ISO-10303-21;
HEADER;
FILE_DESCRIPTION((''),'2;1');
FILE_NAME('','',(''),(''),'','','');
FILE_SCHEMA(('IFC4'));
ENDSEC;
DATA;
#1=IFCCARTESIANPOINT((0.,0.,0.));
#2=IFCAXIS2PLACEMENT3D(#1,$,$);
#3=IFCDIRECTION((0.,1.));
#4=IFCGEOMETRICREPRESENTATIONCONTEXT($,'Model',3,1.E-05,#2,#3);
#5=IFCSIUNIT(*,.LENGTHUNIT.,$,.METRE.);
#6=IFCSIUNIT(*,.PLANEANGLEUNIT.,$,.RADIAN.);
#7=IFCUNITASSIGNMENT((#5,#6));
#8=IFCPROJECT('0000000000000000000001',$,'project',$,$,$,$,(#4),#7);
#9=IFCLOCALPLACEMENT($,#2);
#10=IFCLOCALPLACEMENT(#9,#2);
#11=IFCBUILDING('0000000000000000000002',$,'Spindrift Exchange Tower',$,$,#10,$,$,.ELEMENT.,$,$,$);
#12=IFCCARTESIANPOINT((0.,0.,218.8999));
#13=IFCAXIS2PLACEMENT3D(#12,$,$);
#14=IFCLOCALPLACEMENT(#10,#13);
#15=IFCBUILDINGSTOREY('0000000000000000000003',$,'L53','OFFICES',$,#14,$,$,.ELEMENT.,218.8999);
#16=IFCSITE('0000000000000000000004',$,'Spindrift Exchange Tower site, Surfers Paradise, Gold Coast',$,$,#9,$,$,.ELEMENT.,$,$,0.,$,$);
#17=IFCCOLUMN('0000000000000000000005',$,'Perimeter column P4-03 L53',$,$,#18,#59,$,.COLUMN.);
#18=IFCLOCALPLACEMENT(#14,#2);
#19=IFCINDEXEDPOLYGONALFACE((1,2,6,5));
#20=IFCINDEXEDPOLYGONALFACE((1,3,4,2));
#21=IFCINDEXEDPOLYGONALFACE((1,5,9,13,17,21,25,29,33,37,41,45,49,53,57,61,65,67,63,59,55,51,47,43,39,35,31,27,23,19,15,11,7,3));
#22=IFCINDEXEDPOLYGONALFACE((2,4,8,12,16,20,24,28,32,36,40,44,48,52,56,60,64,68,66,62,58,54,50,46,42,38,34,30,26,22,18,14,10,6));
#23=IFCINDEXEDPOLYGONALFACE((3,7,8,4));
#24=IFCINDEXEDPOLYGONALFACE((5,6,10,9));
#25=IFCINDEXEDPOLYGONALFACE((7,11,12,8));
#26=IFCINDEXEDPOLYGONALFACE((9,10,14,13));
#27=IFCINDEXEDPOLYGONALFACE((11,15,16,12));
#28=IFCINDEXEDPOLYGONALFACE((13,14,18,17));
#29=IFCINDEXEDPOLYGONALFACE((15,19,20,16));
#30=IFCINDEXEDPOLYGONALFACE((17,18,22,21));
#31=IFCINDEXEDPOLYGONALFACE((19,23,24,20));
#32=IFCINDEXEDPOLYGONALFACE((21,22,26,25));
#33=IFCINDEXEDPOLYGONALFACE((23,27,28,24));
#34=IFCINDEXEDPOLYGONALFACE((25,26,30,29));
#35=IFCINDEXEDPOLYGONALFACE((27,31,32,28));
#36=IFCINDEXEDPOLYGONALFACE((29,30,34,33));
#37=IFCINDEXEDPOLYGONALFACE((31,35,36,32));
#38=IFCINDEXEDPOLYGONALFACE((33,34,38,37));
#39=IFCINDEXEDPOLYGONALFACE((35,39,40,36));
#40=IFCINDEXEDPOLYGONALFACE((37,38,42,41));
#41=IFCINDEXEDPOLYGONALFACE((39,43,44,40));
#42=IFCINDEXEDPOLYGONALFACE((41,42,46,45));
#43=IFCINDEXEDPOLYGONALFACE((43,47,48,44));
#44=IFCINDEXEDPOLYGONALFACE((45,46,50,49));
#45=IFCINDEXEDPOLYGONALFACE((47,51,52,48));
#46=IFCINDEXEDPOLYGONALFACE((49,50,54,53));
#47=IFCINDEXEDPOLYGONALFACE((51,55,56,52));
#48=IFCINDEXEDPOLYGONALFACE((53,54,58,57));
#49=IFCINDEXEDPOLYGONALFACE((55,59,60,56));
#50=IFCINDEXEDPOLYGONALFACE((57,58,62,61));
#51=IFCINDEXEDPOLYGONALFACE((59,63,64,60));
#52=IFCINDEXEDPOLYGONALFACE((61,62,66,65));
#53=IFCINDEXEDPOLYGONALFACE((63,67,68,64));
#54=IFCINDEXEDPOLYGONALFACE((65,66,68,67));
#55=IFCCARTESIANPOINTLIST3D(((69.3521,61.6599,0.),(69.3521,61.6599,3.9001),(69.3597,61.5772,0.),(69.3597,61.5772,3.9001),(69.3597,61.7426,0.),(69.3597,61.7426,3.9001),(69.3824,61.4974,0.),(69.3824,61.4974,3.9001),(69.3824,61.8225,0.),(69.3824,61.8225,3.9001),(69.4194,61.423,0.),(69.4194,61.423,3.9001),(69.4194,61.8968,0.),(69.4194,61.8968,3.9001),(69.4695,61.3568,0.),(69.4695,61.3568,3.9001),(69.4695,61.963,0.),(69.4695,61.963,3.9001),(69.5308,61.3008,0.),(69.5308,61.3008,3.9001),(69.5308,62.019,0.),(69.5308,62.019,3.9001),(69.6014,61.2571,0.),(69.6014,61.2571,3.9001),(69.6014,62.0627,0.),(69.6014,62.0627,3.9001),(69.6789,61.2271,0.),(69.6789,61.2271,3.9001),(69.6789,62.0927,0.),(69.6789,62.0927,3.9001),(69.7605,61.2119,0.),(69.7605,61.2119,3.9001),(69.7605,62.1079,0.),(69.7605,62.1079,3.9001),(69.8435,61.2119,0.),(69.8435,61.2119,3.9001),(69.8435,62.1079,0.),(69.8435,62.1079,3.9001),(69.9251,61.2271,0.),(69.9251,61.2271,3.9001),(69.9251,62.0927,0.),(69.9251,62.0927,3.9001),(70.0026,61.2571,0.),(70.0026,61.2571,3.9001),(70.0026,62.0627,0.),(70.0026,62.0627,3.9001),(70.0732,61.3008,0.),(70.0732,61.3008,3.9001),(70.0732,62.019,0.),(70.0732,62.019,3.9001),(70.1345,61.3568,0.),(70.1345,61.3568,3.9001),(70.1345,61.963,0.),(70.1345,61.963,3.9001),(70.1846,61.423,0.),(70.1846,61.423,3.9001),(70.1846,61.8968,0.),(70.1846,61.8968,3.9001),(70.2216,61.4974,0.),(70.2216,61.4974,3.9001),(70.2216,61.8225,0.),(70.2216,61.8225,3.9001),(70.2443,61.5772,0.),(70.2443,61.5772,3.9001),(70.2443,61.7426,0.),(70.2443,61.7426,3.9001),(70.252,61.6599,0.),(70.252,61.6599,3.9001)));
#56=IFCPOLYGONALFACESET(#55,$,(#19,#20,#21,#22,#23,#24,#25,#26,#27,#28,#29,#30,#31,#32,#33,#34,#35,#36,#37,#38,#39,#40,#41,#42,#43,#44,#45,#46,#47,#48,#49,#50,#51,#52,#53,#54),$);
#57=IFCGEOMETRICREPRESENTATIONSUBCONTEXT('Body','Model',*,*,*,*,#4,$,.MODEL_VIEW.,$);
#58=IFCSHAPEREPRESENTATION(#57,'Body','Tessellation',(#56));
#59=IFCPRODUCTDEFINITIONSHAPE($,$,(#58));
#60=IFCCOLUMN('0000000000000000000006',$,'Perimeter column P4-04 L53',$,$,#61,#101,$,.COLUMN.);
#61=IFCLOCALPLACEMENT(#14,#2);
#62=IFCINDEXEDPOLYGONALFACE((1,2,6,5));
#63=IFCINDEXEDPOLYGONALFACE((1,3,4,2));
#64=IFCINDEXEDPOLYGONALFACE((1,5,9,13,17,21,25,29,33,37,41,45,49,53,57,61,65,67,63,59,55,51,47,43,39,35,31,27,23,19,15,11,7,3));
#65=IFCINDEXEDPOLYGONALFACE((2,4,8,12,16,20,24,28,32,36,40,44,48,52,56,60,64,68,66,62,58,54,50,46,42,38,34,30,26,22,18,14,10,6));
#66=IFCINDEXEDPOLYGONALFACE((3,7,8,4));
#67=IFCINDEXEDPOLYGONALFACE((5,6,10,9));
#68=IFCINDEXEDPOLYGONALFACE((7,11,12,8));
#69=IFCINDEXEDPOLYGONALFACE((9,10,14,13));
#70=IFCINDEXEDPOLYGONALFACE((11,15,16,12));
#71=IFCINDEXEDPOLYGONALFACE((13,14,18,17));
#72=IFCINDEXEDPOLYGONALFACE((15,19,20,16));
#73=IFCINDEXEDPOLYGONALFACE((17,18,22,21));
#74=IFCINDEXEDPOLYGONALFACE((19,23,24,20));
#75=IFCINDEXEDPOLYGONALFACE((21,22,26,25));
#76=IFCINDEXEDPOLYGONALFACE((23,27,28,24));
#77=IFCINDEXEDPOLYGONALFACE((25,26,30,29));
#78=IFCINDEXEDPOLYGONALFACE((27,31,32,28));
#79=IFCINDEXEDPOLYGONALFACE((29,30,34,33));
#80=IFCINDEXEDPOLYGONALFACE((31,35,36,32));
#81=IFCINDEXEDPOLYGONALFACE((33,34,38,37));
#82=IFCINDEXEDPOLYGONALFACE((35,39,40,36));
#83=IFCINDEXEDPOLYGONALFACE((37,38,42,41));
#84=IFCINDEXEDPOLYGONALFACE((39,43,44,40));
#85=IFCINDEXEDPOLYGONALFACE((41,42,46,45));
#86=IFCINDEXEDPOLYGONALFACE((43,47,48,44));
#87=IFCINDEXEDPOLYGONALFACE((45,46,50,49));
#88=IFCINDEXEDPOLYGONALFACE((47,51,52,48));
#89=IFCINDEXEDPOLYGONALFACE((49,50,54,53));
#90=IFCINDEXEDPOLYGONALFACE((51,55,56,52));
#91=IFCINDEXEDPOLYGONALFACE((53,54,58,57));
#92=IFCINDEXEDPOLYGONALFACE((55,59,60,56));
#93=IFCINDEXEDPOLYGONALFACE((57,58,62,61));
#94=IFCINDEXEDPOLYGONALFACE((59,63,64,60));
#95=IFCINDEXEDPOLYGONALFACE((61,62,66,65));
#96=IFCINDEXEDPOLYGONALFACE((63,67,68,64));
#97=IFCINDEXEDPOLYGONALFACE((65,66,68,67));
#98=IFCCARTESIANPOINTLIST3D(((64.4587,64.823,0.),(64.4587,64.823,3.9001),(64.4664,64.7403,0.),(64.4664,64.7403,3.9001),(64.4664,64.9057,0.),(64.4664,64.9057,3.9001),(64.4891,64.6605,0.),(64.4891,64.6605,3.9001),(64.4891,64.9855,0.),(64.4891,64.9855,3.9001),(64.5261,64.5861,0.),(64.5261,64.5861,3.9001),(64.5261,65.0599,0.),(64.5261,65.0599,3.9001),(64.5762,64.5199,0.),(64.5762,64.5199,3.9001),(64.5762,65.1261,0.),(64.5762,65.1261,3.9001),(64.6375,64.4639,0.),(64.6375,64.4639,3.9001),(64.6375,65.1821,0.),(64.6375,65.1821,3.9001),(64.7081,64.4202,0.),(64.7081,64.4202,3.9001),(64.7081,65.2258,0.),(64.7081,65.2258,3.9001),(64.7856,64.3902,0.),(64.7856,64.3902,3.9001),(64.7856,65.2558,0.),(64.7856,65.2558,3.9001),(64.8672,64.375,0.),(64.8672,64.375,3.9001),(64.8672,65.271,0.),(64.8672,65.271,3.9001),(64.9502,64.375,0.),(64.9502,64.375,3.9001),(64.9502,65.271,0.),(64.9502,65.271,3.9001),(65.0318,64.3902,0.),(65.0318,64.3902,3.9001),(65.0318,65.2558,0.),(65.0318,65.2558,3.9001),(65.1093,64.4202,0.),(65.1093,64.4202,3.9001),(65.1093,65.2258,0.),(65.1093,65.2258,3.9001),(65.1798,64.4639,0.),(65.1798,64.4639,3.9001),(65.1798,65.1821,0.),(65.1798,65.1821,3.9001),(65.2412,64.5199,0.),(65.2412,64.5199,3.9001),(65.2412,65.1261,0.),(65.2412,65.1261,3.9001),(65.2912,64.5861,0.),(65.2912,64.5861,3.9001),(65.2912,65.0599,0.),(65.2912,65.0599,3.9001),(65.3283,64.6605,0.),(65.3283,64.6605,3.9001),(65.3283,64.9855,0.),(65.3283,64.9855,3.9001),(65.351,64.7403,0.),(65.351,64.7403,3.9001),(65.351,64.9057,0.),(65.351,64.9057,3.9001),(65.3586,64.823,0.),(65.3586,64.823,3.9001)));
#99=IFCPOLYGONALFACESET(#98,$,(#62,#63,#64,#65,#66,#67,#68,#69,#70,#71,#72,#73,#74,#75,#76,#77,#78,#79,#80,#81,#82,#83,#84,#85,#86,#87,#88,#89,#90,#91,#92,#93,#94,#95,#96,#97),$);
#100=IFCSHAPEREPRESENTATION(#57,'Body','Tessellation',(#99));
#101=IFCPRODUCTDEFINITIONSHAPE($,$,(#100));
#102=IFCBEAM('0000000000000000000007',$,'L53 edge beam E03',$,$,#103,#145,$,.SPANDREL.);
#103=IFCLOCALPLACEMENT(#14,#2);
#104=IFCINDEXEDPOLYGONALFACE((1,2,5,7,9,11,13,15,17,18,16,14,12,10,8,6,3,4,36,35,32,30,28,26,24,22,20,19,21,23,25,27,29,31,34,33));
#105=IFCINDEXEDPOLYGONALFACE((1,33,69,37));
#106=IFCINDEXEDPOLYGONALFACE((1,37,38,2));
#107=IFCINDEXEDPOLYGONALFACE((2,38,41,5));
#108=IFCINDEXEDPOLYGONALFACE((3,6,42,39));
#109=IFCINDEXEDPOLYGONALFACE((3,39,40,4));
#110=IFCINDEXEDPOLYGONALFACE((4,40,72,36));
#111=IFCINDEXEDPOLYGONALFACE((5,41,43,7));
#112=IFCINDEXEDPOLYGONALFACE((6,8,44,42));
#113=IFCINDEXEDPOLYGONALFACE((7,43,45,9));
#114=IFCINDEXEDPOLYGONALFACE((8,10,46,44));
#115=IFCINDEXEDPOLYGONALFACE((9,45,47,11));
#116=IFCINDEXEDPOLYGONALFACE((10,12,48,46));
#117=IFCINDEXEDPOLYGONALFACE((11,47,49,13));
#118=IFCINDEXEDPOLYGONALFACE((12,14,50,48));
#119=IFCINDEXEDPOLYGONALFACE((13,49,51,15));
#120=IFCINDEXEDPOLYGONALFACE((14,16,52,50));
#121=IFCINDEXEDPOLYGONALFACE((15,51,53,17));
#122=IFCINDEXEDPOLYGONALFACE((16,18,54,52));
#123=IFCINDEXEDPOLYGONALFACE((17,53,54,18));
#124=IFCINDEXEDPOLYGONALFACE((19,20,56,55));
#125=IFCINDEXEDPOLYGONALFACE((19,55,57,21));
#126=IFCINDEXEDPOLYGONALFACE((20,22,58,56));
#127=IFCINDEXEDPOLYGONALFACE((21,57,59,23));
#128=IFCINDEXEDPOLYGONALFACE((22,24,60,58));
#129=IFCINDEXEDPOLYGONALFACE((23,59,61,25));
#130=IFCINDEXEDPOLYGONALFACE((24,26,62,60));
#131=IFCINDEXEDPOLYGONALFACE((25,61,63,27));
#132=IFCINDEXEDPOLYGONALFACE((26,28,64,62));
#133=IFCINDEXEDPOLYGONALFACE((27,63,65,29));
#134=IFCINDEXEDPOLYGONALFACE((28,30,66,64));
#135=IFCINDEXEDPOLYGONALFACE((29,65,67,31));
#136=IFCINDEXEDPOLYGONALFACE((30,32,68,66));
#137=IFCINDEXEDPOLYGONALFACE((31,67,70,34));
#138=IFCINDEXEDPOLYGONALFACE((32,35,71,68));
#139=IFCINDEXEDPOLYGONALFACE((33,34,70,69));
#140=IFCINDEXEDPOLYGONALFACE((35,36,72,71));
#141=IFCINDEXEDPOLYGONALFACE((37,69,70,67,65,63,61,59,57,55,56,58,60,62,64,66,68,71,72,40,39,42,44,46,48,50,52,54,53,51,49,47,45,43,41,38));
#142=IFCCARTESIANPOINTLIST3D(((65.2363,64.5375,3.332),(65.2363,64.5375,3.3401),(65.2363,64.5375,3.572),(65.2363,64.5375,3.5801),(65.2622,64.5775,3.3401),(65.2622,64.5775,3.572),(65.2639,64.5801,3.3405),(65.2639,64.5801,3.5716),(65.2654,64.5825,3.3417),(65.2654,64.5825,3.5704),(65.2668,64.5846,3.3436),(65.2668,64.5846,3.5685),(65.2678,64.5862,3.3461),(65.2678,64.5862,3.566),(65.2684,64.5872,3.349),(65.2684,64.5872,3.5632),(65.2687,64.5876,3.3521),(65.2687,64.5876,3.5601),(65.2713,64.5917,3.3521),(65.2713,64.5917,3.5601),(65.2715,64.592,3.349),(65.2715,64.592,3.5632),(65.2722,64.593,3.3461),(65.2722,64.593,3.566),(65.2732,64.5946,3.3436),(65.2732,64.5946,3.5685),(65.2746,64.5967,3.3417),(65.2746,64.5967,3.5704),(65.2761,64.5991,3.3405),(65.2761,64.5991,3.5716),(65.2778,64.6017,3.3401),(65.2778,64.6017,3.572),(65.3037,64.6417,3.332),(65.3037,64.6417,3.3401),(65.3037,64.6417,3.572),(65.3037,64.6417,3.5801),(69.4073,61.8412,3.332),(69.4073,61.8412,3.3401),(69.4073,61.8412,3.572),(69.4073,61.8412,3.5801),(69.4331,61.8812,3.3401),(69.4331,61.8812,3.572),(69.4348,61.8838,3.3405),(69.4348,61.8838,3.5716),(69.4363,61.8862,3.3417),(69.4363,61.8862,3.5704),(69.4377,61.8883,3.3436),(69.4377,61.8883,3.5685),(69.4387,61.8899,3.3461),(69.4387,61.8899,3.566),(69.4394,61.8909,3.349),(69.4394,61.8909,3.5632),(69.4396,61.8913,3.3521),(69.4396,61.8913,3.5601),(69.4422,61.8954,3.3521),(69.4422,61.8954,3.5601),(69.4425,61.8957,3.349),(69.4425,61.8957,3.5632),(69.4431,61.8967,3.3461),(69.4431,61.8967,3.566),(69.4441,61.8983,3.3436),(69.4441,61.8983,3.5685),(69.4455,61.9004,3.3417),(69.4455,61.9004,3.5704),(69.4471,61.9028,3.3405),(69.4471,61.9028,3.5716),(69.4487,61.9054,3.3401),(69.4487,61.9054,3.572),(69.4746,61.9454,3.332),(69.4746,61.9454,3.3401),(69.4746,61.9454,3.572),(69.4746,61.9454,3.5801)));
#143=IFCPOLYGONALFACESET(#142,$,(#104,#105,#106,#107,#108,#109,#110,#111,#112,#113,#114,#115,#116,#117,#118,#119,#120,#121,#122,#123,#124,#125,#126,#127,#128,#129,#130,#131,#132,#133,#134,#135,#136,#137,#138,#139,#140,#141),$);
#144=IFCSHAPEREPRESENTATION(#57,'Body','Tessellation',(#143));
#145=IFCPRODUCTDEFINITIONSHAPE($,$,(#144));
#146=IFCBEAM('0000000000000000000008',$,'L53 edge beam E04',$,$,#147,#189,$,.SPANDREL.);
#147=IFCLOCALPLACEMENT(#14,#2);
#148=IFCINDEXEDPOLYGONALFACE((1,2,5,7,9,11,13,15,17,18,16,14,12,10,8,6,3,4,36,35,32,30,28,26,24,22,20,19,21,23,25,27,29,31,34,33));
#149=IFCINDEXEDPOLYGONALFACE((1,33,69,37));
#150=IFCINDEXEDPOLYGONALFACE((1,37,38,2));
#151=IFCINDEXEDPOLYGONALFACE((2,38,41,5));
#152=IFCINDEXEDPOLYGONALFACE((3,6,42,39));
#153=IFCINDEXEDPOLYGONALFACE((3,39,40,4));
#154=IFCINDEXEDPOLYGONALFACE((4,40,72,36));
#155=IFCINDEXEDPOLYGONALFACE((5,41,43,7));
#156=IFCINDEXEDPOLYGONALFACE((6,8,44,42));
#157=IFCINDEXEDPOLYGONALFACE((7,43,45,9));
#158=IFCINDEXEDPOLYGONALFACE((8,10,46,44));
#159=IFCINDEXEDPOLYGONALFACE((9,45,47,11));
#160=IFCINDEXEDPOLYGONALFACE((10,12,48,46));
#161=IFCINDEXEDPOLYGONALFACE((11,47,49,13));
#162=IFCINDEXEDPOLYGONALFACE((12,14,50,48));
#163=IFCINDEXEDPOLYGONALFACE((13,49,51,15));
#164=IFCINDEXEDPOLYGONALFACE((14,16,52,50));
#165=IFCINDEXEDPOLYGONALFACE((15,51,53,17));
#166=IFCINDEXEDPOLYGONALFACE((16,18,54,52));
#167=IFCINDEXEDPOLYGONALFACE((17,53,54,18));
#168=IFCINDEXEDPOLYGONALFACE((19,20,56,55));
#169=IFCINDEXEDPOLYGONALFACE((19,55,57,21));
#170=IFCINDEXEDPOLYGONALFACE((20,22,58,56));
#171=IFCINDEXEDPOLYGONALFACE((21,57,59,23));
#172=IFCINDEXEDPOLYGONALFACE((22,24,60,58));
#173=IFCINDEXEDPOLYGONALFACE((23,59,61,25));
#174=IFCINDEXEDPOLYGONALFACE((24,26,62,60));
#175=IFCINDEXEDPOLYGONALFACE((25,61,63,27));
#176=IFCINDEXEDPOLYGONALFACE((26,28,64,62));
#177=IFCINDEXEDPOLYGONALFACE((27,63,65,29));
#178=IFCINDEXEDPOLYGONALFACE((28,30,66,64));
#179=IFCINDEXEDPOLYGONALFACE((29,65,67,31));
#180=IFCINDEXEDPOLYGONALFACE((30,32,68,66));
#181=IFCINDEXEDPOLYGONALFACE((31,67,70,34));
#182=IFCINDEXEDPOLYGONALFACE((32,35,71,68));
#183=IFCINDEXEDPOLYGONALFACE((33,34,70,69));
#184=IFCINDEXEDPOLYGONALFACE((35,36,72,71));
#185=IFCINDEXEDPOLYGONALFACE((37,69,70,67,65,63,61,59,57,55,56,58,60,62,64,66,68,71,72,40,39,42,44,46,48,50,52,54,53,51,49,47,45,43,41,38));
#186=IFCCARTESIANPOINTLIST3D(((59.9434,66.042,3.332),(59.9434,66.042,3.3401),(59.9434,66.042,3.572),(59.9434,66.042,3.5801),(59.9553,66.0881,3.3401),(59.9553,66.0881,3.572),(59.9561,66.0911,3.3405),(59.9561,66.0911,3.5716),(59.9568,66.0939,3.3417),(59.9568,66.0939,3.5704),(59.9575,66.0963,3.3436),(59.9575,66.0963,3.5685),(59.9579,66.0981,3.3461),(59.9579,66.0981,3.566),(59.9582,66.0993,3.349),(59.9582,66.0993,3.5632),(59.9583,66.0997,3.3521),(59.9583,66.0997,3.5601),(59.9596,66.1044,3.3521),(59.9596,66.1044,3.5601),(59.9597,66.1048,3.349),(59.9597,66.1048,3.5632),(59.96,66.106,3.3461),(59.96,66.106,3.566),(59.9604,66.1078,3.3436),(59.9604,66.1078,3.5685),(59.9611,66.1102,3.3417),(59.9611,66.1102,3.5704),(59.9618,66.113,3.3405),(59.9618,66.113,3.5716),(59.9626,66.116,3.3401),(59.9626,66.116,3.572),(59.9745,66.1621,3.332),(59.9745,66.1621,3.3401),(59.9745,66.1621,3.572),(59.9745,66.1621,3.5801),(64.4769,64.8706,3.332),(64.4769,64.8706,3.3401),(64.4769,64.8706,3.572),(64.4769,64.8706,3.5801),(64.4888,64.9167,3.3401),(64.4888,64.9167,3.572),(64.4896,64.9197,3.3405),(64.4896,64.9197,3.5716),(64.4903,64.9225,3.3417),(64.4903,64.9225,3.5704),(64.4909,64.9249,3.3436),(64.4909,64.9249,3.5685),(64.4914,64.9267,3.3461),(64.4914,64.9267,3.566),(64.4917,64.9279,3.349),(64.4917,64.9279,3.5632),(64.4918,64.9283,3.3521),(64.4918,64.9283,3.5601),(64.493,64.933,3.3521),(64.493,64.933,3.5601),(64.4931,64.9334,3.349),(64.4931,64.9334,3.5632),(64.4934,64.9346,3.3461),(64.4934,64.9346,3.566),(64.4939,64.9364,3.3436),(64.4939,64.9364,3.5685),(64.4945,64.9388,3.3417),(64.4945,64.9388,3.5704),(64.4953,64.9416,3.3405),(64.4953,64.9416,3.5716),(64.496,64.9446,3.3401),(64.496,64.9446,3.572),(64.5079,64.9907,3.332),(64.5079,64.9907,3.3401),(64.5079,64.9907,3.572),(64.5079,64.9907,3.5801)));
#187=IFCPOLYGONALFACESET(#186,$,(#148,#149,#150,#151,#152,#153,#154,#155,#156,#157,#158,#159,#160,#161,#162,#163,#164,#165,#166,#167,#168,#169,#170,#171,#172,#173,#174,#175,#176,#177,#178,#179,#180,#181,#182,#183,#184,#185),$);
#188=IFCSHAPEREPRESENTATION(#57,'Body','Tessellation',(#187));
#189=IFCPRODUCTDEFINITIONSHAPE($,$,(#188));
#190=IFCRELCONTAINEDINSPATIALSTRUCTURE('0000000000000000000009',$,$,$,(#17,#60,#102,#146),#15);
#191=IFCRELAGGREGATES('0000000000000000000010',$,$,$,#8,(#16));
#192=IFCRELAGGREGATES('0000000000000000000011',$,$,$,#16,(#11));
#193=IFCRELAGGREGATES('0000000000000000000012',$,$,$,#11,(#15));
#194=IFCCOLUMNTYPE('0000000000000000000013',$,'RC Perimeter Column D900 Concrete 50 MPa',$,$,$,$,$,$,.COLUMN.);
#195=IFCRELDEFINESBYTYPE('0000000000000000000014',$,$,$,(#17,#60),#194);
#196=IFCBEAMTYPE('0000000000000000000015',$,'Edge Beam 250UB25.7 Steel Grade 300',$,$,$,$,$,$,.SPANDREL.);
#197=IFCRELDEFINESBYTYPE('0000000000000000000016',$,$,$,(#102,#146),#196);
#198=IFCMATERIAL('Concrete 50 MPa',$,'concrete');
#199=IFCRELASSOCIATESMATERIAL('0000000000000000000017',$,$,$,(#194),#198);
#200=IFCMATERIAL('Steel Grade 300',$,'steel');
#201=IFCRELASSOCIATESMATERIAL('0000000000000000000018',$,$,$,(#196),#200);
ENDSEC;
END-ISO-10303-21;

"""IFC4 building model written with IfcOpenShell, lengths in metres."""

from ifc_helpers import new_model, si_unit, direction, frame, origin, origin_2d, place, context, subcontext, project, spatial, circle, i_section, extrude, source, transform, mapped, material, material_profile, profile_set, type_object, element, save


model = new_model("IFC4")

# Units and contexts
model_context = context("Model", 3, precision=1e-05, world=origin(), true_north=direction((0.0, 1.0)))
body_context = subcontext(model_context, "Body", "Model", "MODEL_VIEW")
ifc_project = project(units=[si_unit("LENGTHUNIT", "METRE"), si_unit("PLANEANGLEUNIT", "RADIAN")], contexts=[model_context])

# Site, building, storey
site_placement = place(None, origin())
site = spatial("IfcSite", under=ifc_project, at=site_placement, Name="Spindrift Exchange Tower site, Surfers Paradise, Gold Coast", CompositionType="ELEMENT", RefElevation=0.0)
building_placement = place(site_placement, origin())
building = spatial("IfcBuilding", under=site, at=building_placement, Name="Spindrift Exchange Tower", CompositionType="ELEMENT")
storey_placement = place(building_placement, frame((0.0, 0.0, 218.8999)))
storey = spatial("IfcBuildingStorey", under=building, at=storey_placement, Name="L53", Description="OFFICES", CompositionType="ELEMENT", Elevation=218.8999)

# Columns
ifc_material_1 = material(Name="Concrete 50 MPa", Category="concrete")
ifc_material_profile_1 = material_profile(ifc_material_1, circle(Radius=0.45, at=origin_2d()), Name="RC D900")
ifc_profile_set_1 = profile_set([ifc_material_profile_1], Name="Concrete 50 MPa")
column_type = type_object("IfcColumnType", Name="RC Perimeter Column D900 Concrete 50 MPa", PredefinedType="COLUMN", material=ifc_profile_set_1)
shared_shape_1 = source(origin(), body_context, "Body", "SweptSolid", [
    extrude(circle(Radius=0.45, at=origin_2d()), origin(), (0.0, 0.0, 1.0), 3.9001),
])
for number, where, z_axis, x_axis, name in (
    (1, (69.802, 61.6599, 0.0), (0.0, 0.0, 1.0), (1.0, 0.0, 0.0), "Perimeter column P4-03 L53"),
    (2, (64.9087, 64.823, 0.0), (0.0, 0.0, 1.0), (1.0, 0.0, 0.0), "Perimeter column P4-04 L53"),
):
    element("IfcColumn", number, at=place(storey_placement, frame(where, z_axis=z_axis, x_axis=x_axis)), inside=storey, type_object=column_type, Name=name, PredefinedType="COLUMN", context=body_context, shape_type="MappedRepresentation", body=[
        mapped(shared_shape_1, transform((0.0, 0.0, 0.0), scale=1.0)),
    ])

# Beams
ifc_material_2 = material(Name="Steel Grade 300", Category="steel")
ifc_material_profile_2 = material_profile(ifc_material_2, i_section(OverallWidth=0.124, OverallDepth=0.248, WebThickness=0.0049, FlangeThickness=0.0081, FilletRadius=0.012, at=origin_2d()), Name="250UB25.7")
ifc_profile_set_2 = profile_set([ifc_material_profile_2], Name="Steel Grade 300")
beam_type_1 = type_object("IfcBeamType", Name="Edge Beam 250UB25.7 Steel Grade 300", PredefinedType="SPANDREL", material=ifc_profile_set_2)
shared_shape_2 = source(origin(), body_context, "Body", "SweptSolid", [
    extrude(i_section(OverallWidth=0.124, OverallDepth=0.248, WebThickness=0.0049, FlangeThickness=0.0081, FilletRadius=0.012, at=origin_2d()), origin(), (0.0, 0.0, 1.0), 4.9666),
])
beam_1_placement = place(storey_placement, frame((69.4409, 61.8933, 3.4561), z_axis=(-0.839802, 0.542893, 0.0), x_axis=(-0.542893, -0.839802, 0.0)))
element("IfcBeam", 3, at=beam_1_placement, inside=storey, type_object=beam_type_1, Name="L53 edge beam E03", PredefinedType="SPANDREL", context=body_context, shape_type="MappedRepresentation", body=[
    mapped(shared_shape_2, transform((0.0, 0.0, 0.0), scale=1.0)),
])
shared_shape_3 = source(origin(), body_context, "Body", "SweptSolid", [
    extrude(i_section(OverallWidth=0.124, OverallDepth=0.248, WebThickness=0.0049, FlangeThickness=0.0081, FilletRadius=0.012, at=origin_2d()), origin(), (0.0, 0.0, 1.0), 4.6824),
])
beam_2_placement = place(storey_placement, frame((64.4924, 64.9307, 3.4561), z_axis=(-0.968202, 0.250171, 0.0), x_axis=(-0.250171, -0.968202, 0.0)))
element("IfcBeam", 4, at=beam_2_placement, inside=storey, type_object=beam_type_1, Name="L53 edge beam E04", PredefinedType="SPANDREL", context=body_context, shape_type="MappedRepresentation", body=[
    mapped(shared_shape_3, transform((0.0, 0.0, 0.0), scale=1.0)),
])

save(model, "model.ifc")
